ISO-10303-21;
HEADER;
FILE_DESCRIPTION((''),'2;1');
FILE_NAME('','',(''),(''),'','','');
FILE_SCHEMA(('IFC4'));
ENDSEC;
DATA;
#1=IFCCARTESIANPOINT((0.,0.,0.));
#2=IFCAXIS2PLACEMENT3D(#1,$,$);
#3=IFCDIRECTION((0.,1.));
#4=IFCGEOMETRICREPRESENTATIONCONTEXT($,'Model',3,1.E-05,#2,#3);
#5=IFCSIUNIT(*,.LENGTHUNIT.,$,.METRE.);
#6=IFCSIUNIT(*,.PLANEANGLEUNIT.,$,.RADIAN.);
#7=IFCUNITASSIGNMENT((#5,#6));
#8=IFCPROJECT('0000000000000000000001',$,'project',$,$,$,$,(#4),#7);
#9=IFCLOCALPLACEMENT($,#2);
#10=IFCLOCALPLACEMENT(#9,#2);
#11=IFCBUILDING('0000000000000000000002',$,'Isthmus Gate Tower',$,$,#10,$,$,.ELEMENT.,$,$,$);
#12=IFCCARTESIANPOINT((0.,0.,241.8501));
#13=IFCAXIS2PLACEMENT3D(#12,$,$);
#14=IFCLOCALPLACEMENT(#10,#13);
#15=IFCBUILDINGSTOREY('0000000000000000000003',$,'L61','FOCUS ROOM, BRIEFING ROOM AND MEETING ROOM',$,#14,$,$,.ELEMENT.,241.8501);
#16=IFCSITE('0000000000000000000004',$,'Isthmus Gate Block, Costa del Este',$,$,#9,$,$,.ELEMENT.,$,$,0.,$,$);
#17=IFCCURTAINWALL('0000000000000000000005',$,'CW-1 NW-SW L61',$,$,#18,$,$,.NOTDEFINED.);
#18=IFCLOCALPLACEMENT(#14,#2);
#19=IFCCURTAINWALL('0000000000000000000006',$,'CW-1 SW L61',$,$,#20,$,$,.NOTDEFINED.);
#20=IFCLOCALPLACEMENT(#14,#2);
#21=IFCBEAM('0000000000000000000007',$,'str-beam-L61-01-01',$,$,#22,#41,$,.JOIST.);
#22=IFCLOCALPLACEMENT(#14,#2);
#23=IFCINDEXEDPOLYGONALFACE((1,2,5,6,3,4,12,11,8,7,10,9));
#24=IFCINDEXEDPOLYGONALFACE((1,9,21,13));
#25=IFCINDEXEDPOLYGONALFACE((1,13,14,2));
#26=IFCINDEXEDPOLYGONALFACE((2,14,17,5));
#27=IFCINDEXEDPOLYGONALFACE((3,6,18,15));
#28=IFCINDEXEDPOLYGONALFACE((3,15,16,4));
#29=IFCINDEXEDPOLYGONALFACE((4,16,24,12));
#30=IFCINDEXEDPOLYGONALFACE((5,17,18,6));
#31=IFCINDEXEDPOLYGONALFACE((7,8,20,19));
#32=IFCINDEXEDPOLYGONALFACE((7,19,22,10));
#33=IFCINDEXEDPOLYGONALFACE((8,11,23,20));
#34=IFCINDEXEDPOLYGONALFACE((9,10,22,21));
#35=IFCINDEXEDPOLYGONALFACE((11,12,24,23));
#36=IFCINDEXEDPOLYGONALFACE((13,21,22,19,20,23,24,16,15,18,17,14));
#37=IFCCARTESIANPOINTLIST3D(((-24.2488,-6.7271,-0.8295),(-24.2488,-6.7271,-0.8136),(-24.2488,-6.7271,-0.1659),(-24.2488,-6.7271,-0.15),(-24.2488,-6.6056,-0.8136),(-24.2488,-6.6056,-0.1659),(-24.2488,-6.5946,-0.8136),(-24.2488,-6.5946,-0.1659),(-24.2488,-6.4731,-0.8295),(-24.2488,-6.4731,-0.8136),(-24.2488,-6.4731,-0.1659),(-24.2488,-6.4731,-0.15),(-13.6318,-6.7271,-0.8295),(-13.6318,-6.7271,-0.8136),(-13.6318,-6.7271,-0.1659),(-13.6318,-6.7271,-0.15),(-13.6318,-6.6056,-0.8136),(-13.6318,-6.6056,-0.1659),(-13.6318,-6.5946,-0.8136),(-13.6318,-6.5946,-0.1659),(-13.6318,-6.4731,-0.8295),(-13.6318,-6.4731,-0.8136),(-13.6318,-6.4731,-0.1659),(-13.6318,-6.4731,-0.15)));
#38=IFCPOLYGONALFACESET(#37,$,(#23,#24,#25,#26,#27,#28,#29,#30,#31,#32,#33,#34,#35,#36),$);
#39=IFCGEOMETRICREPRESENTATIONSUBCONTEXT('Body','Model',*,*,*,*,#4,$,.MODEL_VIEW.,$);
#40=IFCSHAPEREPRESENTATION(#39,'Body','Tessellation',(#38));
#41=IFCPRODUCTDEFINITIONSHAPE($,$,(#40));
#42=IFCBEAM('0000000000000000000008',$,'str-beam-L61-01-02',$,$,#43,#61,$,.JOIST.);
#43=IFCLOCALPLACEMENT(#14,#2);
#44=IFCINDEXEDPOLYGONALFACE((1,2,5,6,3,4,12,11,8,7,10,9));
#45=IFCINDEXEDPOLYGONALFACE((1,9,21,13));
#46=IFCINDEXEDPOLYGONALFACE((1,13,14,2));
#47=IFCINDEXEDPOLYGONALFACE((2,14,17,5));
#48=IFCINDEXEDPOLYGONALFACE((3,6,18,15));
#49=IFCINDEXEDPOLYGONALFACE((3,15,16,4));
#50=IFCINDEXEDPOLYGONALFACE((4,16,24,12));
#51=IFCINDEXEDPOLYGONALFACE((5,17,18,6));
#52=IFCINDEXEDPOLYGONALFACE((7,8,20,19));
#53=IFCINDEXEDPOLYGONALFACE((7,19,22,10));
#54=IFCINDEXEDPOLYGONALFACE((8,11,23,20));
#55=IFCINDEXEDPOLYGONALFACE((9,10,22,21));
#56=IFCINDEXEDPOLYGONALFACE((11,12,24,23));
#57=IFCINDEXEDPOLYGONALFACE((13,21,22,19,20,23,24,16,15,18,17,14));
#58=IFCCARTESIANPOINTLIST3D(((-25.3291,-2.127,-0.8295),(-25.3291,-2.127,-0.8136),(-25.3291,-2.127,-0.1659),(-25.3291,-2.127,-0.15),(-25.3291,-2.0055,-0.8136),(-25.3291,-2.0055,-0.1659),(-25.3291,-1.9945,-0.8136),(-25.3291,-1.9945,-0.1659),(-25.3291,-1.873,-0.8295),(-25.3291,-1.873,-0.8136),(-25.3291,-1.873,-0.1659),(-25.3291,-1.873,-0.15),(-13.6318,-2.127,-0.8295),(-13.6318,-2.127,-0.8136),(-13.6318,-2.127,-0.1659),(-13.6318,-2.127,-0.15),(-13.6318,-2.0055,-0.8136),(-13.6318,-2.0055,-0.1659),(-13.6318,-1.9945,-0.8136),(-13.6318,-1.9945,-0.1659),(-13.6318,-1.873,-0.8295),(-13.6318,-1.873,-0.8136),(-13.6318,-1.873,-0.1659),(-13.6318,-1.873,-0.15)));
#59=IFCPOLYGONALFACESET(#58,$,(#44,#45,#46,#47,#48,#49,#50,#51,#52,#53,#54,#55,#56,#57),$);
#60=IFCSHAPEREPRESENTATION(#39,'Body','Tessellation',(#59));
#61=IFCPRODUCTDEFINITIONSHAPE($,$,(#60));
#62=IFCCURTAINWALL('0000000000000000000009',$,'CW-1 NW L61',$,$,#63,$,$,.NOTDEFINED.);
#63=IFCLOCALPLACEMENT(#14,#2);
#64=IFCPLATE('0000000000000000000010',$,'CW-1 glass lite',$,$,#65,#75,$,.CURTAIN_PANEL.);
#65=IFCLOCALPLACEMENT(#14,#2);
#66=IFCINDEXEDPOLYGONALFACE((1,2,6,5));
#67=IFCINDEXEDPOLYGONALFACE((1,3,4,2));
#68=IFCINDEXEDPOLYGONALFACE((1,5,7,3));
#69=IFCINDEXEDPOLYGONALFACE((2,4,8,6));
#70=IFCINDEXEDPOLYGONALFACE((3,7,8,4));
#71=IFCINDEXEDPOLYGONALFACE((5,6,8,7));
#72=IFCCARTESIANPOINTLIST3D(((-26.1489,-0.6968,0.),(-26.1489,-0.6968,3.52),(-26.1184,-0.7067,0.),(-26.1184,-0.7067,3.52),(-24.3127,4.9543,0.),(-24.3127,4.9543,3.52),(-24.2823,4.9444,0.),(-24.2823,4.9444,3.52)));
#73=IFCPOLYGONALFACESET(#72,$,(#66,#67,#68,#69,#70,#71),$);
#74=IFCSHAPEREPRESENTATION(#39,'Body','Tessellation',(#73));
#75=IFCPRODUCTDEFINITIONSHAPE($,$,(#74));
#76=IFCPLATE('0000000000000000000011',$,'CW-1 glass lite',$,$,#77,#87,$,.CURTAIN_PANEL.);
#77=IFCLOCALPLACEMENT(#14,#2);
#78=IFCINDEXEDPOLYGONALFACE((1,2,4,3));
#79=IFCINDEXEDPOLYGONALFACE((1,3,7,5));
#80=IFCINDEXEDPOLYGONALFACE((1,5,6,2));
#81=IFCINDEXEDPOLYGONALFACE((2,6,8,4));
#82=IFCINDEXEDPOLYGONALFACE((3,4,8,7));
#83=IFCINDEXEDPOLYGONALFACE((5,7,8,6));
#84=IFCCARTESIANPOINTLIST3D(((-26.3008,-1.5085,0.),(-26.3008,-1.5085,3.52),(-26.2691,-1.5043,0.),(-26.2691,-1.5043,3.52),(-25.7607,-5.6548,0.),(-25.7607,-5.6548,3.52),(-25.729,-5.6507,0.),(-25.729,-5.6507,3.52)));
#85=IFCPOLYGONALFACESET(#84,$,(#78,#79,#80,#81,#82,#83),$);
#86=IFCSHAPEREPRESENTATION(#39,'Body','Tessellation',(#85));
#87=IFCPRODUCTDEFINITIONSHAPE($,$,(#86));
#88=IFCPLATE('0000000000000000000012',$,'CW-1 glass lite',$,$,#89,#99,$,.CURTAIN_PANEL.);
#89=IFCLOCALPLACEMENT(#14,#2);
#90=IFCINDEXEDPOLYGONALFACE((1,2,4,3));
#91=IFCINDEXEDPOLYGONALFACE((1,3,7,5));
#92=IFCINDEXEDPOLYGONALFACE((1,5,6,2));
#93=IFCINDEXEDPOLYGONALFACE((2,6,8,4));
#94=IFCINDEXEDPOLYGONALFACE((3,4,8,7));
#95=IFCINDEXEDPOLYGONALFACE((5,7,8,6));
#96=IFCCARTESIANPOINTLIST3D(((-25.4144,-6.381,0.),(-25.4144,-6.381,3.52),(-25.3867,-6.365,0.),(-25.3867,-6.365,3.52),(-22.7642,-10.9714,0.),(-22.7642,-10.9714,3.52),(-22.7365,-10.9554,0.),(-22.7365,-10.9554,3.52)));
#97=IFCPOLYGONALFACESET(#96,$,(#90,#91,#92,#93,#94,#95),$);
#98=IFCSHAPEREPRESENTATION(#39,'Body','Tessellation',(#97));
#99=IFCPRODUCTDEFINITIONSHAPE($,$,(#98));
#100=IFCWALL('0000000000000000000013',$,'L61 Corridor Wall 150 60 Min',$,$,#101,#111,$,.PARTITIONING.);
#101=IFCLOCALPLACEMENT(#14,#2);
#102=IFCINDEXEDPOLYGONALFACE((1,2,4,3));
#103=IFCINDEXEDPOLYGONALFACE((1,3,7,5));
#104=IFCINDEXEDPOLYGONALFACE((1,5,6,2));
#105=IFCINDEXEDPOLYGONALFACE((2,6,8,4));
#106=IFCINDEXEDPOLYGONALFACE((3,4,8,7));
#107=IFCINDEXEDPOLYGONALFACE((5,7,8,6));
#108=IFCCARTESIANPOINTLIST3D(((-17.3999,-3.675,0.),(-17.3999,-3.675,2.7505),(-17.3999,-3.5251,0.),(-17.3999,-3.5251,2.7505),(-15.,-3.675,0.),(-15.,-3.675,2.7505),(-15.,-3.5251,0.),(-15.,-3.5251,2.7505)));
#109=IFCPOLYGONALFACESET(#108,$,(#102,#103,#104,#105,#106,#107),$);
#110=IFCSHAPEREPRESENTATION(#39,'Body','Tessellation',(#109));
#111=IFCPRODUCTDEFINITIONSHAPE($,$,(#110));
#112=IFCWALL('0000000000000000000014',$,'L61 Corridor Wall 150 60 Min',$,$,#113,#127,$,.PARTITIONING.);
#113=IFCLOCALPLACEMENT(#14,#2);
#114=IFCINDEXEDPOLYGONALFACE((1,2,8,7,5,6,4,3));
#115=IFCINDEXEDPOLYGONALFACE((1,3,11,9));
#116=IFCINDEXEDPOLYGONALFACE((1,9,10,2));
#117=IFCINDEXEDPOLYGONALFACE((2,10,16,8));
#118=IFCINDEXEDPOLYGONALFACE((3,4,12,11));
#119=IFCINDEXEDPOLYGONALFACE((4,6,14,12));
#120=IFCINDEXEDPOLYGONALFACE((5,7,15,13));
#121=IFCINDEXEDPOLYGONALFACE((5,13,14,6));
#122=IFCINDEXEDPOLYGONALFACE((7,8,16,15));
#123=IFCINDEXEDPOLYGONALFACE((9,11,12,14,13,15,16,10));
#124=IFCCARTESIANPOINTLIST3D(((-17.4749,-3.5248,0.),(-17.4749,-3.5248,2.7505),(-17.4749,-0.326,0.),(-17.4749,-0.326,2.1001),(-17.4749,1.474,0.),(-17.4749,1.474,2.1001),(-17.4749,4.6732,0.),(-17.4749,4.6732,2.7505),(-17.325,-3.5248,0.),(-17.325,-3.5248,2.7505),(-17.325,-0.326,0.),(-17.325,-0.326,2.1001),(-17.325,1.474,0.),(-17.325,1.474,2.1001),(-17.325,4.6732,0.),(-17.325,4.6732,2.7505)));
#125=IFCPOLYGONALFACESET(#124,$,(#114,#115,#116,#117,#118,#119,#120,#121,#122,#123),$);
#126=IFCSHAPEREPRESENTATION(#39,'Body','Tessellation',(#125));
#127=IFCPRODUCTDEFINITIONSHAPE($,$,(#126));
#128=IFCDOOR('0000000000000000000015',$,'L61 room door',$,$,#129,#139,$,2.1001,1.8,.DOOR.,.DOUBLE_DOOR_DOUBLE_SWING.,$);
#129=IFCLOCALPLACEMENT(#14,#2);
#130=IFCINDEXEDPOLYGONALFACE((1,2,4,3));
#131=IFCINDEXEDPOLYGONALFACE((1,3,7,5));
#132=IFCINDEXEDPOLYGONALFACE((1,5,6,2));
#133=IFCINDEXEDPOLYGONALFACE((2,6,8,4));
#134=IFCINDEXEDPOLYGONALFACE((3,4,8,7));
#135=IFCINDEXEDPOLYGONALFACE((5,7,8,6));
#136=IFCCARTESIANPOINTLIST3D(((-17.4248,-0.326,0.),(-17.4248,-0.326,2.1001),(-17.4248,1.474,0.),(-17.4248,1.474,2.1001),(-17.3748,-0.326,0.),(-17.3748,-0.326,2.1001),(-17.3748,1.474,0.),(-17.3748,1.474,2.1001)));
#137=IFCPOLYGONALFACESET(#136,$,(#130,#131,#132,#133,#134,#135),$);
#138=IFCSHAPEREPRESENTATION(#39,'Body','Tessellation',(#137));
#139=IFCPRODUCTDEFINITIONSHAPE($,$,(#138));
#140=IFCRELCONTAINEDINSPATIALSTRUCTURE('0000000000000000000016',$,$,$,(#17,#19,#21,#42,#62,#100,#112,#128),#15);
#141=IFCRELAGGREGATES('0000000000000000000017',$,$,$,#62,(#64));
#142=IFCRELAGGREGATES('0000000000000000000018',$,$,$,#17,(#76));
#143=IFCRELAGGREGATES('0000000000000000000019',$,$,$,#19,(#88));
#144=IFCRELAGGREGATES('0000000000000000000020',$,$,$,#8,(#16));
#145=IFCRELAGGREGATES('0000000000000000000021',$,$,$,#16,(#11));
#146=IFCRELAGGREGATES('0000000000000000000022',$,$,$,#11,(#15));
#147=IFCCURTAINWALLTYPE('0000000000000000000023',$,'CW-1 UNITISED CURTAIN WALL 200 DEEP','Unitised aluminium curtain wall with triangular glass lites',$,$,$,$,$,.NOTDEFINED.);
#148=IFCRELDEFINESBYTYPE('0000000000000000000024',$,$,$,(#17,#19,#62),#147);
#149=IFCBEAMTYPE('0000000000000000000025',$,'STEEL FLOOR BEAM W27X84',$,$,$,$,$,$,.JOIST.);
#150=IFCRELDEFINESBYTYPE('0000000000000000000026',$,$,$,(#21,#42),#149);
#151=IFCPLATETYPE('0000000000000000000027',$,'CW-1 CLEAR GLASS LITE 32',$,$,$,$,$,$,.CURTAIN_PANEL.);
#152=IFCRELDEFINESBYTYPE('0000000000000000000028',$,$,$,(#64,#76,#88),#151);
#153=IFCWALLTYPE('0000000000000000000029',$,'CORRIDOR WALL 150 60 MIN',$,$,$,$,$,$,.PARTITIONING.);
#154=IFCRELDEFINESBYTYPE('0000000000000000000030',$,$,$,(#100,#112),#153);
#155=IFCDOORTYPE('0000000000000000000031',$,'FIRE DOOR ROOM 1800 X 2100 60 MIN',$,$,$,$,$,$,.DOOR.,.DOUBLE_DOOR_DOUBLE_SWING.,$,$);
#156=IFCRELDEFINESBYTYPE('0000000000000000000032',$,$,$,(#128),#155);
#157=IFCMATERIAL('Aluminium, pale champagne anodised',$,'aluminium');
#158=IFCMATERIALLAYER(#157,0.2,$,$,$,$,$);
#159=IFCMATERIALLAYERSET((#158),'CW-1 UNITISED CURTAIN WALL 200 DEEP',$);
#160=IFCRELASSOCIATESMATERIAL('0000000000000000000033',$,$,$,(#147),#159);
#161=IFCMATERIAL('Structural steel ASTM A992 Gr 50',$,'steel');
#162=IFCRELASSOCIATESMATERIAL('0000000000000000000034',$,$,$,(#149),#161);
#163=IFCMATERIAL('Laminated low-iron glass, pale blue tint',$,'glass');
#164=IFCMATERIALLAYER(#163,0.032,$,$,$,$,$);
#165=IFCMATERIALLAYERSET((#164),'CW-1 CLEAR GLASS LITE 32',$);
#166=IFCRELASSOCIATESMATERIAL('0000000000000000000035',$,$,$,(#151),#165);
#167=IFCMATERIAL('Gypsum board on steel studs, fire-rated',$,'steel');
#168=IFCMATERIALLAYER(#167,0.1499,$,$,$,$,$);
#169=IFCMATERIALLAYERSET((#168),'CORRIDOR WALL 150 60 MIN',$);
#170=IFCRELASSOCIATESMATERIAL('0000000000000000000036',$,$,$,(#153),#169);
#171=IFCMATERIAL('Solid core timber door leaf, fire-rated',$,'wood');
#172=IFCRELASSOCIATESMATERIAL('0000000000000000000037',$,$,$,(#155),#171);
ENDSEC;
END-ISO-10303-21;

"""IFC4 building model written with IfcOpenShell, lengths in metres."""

from ifc_helpers import new_model, si_unit, direction, frame, frame_2d, origin, origin_2d, place, context, subcontext, project, spatial, rectangle, i_section, extrude, material, layer, layer_set, material_profile, profile_set, type_object, element, fill, aggregate, save


model = new_model("IFC4")

# Units and contexts
model_context = context("Model", 3, precision=1e-05, world=origin(), true_north=direction((0.0, 1.0)))
body_context = subcontext(model_context, "Body", "Model", "MODEL_VIEW")
ifc_project = project(units=[si_unit("LENGTHUNIT", "METRE"), si_unit("PLANEANGLEUNIT", "RADIAN")], contexts=[model_context])

# Site, building, storey
site_placement = place(None, origin())
site = spatial("IfcSite", under=ifc_project, at=site_placement, Name="Isthmus Gate Block, Costa del Este", CompositionType="ELEMENT", RefElevation=0.0)
building_placement = place(site_placement, origin())
building = spatial("IfcBuilding", under=site, at=building_placement, Name="Isthmus Gate Tower", CompositionType="ELEMENT")
storey_placement = place(building_placement, frame((0.0, 0.0, 241.8501)))
storey = spatial("IfcBuildingStorey", under=building, at=storey_placement, Name="L61", Description="FOCUS ROOM, BRIEFING ROOM AND MEETING ROOM", CompositionType="ELEMENT", Elevation=241.8501)

# Curtain walls
ifc_material_1 = material(Name="Aluminium, pale champagne anodised", Category="aluminium")
ifc_layer_1 = layer(ifc_material_1, 0.2)
ifc_layer_set_1 = layer_set([ifc_layer_1], Name="CW-1 UNITISED CURTAIN WALL 200 DEEP")
curtain_wall_type = type_object("IfcCurtainWallType", Name="CW-1 UNITISED CURTAIN WALL 200 DEEP", Description="Unitised aluminium curtain wall with triangular glass lites", PredefinedType="NOTDEFINED", material=ifc_layer_set_1)
curtain_wall_1_placement = place(storey_placement, origin())
curtain_wall_1 = element("IfcCurtainWall", 1, at=curtain_wall_1_placement, inside=storey, type_object=curtain_wall_type, Name="CW-1 NW-SW L61", PredefinedType="NOTDEFINED")
curtain_wall_2_placement = place(storey_placement, origin())
curtain_wall_2 = element("IfcCurtainWall", 2, at=curtain_wall_2_placement, inside=storey, type_object=curtain_wall_type, Name="CW-1 SW L61", PredefinedType="NOTDEFINED")

# Beams
ifc_material_2 = material(Name="Structural steel ASTM A992 Gr 50", Category="steel")
ifc_material_profile_1 = material_profile(ifc_material_2, i_section(OverallWidth=0.2539, OverallDepth=0.6794, WebThickness=0.011, FlangeThickness=0.0159, at=origin_2d()), Name="W27X84")
ifc_profile_set_1 = profile_set([ifc_material_profile_1], Name="Structural steel ASTM A992 Gr 50")
beam_type_1 = type_object("IfcBeamType", Name="STEEL FLOOR BEAM W27X84", PredefinedType="JOIST", material=ifc_profile_set_1)
beam_1_placement = place(storey_placement, frame((-24.2488, -6.6001, -0.4897), z_axis=(1.0, 0.0, 0.0), x_axis=(0.0, 1.0, 0.0)))
element("IfcBeam", 3, at=beam_1_placement, inside=storey, type_object=beam_type_1, Name="str-beam-L61-01-01", PredefinedType="JOIST", context=body_context, shape_type="SweptSolid", body=[
    extrude(i_section(OverallWidth=0.2539, OverallDepth=0.6794, WebThickness=0.011, FlangeThickness=0.0159, at=origin_2d()), origin(), (0.0, 0.0, 1.0), 10.6169),
])
beam_2_placement = place(storey_placement, frame((-25.3291, -2.0, -0.4897), z_axis=(1.0, 0.0, 0.0), x_axis=(0.0, 1.0, 0.0)))
element("IfcBeam", 4, at=beam_2_placement, inside=storey, type_object=beam_type_1, Name="str-beam-L61-01-02", PredefinedType="JOIST", context=body_context, shape_type="SweptSolid", body=[
    extrude(i_section(OverallWidth=0.2539, OverallDepth=0.6794, WebThickness=0.011, FlangeThickness=0.0159, at=origin_2d()), origin(), (0.0, 0.0, 1.0), 11.6973),
])

# Curtain wall, plate
curtain_wall_3_placement = place(storey_placement, origin())
curtain_wall_3 = element("IfcCurtainWall", 5, at=curtain_wall_3_placement, inside=storey, type_object=curtain_wall_type, Name="CW-1 NW L61", PredefinedType="NOTDEFINED")
ifc_material_3 = material(Name="Laminated low-iron glass, pale blue tint", Category="glass")
ifc_layer_2 = layer(ifc_material_3, 0.032)
ifc_layer_set_2 = layer_set([ifc_layer_2], Name="CW-1 CLEAR GLASS LITE 32")
plate_type = type_object("IfcPlateType", Name="CW-1 CLEAR GLASS LITE 32", PredefinedType="CURTAIN_PANEL", material=ifc_layer_set_2)
plate_1_placement = place(storey_placement, frame((-25.2156, 2.1238, 0.0), z_axis=(0.0, 0.0, 1.0), x_axis=(-0.309017, -0.951057, 0.0)))
plate_1 = element("IfcPlate", 6, at=plate_1_placement, type_object=plate_type, Name="CW-1 glass lite", PredefinedType="CURTAIN_PANEL", context=body_context, shape_type="SweptSolid", body=[
    extrude(rectangle(XDim=5.9419, YDim=0.032, at=origin_2d()), origin(), (0.0, 0.0, 1.0), 3.52),
])
aggregate(curtain_wall_3, [plate_1])

# Plates
plate_2_placement = place(storey_placement, frame((-26.0149, -3.5796, 0.0), z_axis=(0.0, 0.0, 1.0), x_axis=(0.129165, -0.991623, 0.0)))
plate_2 = element("IfcPlate", 7, at=plate_2_placement, type_object=plate_type, Name="CW-1 glass lite", PredefinedType="CURTAIN_PANEL", context=body_context, shape_type="SweptSolid", body=[
    extrude(rectangle(XDim=4.1814, YDim=0.032, at=origin_2d()), origin(), (0.0, 0.0, 1.0), 3.52),
])
aggregate(curtain_wall_1, [plate_2])
plate_3_placement = place(storey_placement, frame((-24.0754, -8.6682, 0.0), z_axis=(0.0, 0.0, 1.0), x_axis=(0.5, -0.866025, 0.0)))
plate_3 = element("IfcPlate", 8, at=plate_3_placement, type_object=plate_type, Name="CW-1 glass lite", PredefinedType="CURTAIN_PANEL", context=body_context, shape_type="SweptSolid", body=[
    extrude(rectangle(XDim=5.3005, YDim=0.032, at=origin_2d()), origin(), (0.0, 0.0, 1.0), 3.52),
])
aggregate(curtain_wall_2, [plate_3])

# Wall
ifc_material_4 = material(Name="Gypsum board on steel studs, fire-rated", Category="steel")
ifc_layer_3 = layer(ifc_material_4, 0.1499)
ifc_layer_set_3 = layer_set([ifc_layer_3], Name="CORRIDOR WALL 150 60 MIN")
wall_type = type_object("IfcWallType", Name="CORRIDOR WALL 150 60 MIN", PredefinedType="PARTITIONING", material=ifc_layer_set_3)
wall_1_placement = place(storey_placement, frame((-15.0, -3.6001, 0.0), z_axis=(0.0, 0.0, 1.0), x_axis=(-1.0, 0.0, 0.0)))
element("IfcWall", 9, at=wall_1_placement, inside=storey, type_object=wall_type, Name="L61 Corridor Wall 150 60 Min", PredefinedType="PARTITIONING", context=body_context, shape_type="SweptSolid", body=[
    extrude(rectangle(XDim=2.3999, YDim=0.1499, at=frame_2d((1.2, 0.0))), origin(), (0.0, 0.0, 1.0), 2.7505),
])

# Wall, opening, door
wall_2_placement = place(storey_placement, frame((-17.3999, -3.5249, 0.0), z_axis=(0.0, 0.0, 1.0), x_axis=(0.0, 1.0, 0.0)))
wall_2 = element("IfcWall", 10, at=wall_2_placement, inside=storey, type_object=wall_type, Name="L61 Corridor Wall 150 60 Min", PredefinedType="PARTITIONING", context=body_context, shape_type="SweptSolid", body=[
    extrude(rectangle(XDim=8.198, YDim=0.1499, at=frame_2d((4.0991, 0.0))), origin(), (0.0, 0.0, 1.0), 2.7505),
])
opening_placement = place(wall_2_placement, frame((3.199, 0.0, 0.0)))
opening = element("IfcOpeningElement", 11, at=opening_placement, cuts=wall_2, PredefinedType="OPENING", context=body_context, shape_type="SweptSolid", body=[
    extrude(rectangle(XDim=1.8, YDim=2.1001, at=frame_2d((0.8999, 1.05))), frame((0.0, 0.085, 0.0), z_axis=(0.0, -1.0, 0.0), x_axis=(1.0, 0.0, 0.0)), (0.0, 0.0, 1.0), 0.1699),
])
ifc_material_5 = material(Name="Solid core timber door leaf, fire-rated", Category="wood")
door_type = type_object("IfcDoorType", Name="FIRE DOOR ROOM 1800 X 2100 60 MIN", OperationType="DOUBLE_DOOR_DOUBLE_SWING", PredefinedType="DOOR", material=ifc_material_5)
door_placement = place(opening_placement, origin())
door = element("IfcDoor", 12, at=door_placement, inside=storey, type_object=door_type, Name="L61 room door", OperationType="DOUBLE_DOOR_DOUBLE_SWING", OverallHeight=2.1001, OverallWidth=1.8, PredefinedType="DOOR", context=body_context, shape_type="SweptSolid", body=[
    extrude(rectangle(XDim=1.8, YDim=2.1001, at=frame_2d((0.8999, 1.05))), frame((0.0, 0.0249, 0.0), z_axis=(0.0, -1.0, 0.0), x_axis=(1.0, 0.0, 0.0)), (0.0, 0.0, 1.0), 0.05),
])
fill(opening, door)

save(model, "model.ifc")
